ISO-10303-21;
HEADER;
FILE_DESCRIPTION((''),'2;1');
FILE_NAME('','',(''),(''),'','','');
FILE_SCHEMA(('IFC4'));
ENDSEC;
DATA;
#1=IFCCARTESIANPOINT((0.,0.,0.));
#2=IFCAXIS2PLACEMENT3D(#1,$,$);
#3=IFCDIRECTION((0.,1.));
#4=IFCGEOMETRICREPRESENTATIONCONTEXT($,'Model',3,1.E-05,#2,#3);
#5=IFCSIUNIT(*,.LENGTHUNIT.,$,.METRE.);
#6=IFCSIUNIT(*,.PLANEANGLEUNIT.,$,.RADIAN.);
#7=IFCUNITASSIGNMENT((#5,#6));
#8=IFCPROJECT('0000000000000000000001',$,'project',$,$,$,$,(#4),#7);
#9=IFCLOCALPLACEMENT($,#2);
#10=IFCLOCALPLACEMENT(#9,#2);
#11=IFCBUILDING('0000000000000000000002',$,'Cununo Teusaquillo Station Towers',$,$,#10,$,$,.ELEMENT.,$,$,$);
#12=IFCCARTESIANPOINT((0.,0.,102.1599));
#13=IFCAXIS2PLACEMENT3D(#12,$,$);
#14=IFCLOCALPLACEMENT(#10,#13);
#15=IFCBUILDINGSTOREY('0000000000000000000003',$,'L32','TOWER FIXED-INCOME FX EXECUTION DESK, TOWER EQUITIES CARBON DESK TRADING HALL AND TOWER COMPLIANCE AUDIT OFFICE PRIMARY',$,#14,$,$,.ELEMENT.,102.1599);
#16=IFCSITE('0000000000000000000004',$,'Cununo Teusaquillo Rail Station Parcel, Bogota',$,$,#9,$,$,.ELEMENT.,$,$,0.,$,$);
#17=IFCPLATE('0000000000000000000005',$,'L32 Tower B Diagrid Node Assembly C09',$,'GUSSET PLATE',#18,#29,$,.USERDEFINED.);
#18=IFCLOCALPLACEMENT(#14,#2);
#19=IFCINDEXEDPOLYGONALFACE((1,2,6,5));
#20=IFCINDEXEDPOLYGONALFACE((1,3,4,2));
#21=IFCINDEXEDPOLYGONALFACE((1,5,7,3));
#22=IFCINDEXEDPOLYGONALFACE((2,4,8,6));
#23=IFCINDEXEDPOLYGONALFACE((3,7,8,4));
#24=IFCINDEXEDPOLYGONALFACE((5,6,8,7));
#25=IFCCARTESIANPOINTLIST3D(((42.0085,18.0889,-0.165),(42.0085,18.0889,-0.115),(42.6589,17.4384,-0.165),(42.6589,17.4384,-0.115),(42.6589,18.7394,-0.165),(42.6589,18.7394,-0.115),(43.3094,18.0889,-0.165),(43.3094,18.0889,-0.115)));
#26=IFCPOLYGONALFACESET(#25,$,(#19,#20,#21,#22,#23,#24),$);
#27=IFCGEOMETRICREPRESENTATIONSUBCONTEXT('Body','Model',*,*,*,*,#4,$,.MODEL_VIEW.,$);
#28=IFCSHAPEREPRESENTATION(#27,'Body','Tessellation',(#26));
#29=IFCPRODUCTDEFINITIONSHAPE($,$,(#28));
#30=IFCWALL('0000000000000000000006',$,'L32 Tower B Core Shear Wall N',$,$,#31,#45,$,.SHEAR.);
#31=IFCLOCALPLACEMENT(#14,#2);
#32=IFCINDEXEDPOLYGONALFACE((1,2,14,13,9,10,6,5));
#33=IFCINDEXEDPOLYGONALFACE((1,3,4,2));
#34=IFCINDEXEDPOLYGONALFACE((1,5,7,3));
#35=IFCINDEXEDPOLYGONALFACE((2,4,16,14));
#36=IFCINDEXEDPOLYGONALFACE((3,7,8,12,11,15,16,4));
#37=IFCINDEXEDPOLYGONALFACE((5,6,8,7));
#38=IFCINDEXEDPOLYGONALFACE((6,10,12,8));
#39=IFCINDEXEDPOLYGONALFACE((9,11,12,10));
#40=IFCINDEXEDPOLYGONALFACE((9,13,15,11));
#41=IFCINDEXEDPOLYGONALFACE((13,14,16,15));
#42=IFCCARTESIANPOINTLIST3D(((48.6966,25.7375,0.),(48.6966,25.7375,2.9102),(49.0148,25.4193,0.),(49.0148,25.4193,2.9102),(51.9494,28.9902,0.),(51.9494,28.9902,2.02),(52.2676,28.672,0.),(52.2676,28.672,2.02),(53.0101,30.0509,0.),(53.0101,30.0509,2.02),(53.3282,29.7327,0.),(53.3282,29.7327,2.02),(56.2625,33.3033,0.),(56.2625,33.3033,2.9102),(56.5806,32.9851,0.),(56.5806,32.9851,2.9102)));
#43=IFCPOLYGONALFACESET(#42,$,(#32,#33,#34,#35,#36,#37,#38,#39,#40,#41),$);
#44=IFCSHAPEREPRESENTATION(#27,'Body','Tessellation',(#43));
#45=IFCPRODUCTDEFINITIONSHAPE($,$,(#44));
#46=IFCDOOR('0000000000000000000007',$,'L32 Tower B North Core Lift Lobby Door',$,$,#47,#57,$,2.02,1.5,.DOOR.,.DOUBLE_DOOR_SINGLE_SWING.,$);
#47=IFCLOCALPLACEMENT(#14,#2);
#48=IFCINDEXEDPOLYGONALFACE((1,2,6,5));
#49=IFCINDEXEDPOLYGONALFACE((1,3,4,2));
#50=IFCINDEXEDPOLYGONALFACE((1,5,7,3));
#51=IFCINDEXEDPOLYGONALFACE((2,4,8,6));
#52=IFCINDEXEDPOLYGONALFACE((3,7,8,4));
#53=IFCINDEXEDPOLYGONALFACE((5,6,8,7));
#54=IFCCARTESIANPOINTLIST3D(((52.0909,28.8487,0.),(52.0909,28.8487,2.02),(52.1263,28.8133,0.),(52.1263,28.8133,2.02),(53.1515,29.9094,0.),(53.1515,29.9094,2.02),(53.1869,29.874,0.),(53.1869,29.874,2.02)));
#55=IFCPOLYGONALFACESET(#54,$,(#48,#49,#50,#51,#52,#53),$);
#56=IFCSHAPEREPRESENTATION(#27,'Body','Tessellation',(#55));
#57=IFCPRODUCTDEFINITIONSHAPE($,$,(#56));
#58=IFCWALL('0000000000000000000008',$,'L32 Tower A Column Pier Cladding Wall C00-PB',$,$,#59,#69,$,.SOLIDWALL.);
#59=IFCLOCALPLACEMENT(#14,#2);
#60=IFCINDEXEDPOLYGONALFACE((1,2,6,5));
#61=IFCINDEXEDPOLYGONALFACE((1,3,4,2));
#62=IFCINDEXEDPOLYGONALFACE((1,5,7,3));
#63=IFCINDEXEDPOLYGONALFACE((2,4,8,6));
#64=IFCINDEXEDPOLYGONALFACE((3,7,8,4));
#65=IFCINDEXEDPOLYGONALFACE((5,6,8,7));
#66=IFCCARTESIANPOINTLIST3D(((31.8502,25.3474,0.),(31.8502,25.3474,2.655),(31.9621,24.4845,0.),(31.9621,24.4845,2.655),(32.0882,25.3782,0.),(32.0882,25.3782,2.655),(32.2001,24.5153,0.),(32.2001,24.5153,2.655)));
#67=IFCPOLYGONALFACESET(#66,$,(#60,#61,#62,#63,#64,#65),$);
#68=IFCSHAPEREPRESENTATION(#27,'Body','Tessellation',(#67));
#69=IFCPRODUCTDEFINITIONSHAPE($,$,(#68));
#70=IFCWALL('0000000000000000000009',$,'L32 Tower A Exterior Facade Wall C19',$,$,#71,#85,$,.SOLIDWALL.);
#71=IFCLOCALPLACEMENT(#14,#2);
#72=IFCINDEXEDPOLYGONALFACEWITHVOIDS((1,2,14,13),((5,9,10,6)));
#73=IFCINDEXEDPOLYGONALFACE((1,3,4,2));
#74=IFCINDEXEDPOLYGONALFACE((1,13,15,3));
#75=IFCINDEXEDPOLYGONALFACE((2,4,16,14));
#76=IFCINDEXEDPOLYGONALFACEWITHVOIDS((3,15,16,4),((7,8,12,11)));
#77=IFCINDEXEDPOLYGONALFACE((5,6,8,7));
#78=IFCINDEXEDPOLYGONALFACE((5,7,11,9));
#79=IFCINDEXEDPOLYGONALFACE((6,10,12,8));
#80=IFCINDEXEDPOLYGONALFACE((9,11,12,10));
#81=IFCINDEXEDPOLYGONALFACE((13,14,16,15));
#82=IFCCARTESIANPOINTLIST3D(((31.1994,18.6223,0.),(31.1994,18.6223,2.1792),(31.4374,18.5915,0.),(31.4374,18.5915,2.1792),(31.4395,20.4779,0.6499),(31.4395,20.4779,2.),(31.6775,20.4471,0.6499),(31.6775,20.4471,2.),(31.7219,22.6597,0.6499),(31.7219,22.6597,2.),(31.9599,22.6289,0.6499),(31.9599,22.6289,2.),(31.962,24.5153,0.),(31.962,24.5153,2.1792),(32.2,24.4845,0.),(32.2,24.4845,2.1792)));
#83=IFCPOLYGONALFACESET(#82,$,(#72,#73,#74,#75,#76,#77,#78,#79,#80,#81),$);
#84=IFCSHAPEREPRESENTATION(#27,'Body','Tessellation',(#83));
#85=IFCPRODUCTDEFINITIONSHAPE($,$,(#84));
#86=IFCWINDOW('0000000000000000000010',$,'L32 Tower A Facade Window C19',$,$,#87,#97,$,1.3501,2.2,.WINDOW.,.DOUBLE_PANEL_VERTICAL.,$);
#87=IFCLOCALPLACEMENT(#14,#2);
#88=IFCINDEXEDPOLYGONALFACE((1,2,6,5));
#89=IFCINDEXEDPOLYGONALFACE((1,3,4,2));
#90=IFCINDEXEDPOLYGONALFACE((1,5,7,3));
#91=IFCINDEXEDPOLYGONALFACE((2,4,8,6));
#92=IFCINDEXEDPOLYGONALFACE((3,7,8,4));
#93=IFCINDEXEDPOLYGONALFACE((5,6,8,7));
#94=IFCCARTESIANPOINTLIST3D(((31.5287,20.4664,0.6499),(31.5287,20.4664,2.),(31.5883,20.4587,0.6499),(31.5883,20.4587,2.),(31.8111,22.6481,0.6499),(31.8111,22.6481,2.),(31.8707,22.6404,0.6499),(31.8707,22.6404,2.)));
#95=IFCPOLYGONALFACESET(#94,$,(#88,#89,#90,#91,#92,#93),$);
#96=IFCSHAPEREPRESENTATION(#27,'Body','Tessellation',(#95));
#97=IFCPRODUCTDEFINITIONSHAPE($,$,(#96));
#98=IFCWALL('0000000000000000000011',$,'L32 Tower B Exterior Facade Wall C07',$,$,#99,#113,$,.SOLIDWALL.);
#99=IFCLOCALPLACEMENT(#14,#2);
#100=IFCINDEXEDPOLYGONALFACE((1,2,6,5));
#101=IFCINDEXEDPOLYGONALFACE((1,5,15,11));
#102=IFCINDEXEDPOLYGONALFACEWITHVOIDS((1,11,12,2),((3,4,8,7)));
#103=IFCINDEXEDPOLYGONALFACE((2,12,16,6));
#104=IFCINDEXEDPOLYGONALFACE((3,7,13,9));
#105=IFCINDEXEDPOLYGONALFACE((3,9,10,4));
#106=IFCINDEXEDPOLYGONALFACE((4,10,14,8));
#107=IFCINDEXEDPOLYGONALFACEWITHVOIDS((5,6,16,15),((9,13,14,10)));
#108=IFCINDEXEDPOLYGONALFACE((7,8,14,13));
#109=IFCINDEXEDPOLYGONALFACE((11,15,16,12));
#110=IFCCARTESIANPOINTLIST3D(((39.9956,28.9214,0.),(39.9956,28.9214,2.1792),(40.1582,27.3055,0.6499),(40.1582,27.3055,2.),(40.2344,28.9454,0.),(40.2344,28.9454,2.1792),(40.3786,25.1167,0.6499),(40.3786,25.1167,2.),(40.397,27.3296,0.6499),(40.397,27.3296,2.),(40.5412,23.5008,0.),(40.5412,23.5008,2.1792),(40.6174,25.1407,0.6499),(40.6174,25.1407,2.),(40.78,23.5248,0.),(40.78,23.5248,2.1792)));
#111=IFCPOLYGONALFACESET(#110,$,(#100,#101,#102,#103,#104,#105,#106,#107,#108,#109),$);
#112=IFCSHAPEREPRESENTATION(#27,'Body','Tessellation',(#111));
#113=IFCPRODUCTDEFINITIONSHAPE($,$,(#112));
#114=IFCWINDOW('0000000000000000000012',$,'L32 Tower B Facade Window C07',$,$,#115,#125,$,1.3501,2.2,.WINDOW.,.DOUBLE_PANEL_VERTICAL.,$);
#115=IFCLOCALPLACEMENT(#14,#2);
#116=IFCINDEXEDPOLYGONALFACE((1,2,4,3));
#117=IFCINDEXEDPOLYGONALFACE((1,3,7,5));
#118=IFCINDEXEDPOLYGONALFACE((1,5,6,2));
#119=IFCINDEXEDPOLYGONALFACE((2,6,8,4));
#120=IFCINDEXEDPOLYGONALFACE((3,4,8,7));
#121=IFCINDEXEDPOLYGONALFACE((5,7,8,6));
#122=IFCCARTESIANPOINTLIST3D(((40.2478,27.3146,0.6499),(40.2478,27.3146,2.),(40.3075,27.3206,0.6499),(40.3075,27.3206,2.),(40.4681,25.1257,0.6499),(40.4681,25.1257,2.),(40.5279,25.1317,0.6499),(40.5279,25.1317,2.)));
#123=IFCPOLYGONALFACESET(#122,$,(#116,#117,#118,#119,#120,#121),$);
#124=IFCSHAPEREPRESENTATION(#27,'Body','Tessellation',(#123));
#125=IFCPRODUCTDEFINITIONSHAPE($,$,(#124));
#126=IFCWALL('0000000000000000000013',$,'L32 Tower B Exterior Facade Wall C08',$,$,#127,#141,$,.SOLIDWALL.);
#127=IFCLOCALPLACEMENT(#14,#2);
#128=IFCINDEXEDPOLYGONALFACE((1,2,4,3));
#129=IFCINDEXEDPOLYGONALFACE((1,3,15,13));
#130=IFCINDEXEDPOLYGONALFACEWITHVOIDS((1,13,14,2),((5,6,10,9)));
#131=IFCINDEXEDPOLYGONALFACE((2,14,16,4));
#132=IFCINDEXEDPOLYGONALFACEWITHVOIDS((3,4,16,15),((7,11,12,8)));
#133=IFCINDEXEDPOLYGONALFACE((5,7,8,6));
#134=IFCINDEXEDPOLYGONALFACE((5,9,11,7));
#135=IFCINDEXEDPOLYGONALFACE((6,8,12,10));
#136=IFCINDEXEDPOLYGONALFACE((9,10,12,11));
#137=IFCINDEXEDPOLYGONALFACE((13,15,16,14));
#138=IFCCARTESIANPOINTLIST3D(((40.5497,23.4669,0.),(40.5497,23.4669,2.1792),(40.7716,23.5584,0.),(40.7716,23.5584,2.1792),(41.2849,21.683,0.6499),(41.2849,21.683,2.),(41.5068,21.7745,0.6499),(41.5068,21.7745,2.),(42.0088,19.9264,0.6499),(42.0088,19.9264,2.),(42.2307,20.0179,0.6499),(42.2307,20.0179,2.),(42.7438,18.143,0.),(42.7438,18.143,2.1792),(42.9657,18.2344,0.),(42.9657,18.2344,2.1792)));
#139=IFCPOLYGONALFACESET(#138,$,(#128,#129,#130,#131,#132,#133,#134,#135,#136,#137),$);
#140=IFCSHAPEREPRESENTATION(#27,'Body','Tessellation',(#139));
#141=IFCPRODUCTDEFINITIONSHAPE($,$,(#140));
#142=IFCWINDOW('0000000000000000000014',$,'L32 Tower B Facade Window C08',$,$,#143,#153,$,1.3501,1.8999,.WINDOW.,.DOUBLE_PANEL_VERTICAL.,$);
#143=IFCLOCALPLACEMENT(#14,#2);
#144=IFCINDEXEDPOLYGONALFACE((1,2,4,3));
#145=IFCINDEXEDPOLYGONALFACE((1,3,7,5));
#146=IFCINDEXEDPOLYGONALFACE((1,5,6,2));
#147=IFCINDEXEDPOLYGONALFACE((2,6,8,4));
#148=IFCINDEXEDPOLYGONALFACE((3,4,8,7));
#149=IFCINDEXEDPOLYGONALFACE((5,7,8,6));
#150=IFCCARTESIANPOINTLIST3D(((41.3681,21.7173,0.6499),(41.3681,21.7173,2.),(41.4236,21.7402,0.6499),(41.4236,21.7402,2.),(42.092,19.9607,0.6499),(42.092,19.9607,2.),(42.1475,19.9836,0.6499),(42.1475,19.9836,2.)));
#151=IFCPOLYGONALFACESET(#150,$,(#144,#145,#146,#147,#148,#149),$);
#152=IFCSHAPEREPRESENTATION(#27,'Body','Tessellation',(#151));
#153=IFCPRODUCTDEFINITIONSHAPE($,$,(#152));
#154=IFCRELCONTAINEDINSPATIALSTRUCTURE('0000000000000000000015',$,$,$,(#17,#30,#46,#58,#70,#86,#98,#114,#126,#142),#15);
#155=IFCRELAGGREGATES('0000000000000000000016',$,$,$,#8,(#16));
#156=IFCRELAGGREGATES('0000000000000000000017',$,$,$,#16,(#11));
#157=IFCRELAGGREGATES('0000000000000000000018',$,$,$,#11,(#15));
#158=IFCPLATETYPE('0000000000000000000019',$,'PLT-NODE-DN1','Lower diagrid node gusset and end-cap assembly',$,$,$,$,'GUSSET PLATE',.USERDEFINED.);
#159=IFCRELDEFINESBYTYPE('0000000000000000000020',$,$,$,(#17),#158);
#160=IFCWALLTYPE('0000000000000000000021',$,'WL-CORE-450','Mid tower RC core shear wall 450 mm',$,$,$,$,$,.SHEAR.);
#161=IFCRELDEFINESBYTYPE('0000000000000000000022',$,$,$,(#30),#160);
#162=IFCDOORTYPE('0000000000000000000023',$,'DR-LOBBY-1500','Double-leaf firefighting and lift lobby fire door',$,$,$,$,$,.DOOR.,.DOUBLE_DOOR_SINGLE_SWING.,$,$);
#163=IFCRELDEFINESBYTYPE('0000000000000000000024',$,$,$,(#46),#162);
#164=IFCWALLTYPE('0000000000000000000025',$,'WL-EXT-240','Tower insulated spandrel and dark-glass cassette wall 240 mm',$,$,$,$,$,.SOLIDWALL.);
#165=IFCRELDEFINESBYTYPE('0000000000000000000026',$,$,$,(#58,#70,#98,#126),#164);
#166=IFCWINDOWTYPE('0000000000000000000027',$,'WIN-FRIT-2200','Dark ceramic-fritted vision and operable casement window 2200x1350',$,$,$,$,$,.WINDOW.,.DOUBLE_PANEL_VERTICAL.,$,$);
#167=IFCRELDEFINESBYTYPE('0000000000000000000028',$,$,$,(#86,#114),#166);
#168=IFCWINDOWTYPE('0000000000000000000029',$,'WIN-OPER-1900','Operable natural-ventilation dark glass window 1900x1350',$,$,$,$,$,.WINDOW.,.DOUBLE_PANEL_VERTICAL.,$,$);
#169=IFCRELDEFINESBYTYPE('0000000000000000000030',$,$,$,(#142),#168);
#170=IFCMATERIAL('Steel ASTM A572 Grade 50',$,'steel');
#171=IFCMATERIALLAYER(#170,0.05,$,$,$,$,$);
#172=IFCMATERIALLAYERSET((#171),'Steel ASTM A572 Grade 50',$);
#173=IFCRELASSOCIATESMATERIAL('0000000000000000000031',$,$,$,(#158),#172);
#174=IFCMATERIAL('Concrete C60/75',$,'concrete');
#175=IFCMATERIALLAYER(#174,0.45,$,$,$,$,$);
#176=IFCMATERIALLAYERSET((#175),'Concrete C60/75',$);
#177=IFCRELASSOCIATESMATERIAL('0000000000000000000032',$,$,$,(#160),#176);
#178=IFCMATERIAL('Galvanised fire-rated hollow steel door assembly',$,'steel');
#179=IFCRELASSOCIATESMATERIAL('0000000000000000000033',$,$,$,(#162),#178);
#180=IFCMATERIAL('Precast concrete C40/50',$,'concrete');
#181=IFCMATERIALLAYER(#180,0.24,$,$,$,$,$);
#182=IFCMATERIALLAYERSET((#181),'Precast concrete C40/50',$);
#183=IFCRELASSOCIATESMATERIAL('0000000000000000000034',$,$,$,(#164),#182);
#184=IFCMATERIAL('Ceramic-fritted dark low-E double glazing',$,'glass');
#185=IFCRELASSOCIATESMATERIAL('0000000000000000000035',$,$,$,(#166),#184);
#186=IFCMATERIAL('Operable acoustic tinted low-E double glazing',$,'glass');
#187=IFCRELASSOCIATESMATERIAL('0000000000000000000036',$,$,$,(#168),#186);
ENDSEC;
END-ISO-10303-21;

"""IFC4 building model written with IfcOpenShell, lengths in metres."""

from ifc_helpers import new_model, si_unit, direction, frame, frame_2d, origin, origin_2d, place, context, subcontext, project, spatial, rectangle, extrude, source, transform, mapped, material, layer, layer_set, type_object, element, fill, save


model = new_model("IFC4")

# Units and contexts
model_context = context("Model", 3, precision=1e-05, world=origin(), true_north=direction((0.0, 1.0)))
body_context = subcontext(model_context, "Body", "Model", "MODEL_VIEW")
ifc_project = project(units=[si_unit("LENGTHUNIT", "METRE"), si_unit("PLANEANGLEUNIT", "RADIAN")], contexts=[model_context])

# Site, building, storey
site_placement = place(None, origin())
site = spatial("IfcSite", under=ifc_project, at=site_placement, Name="Cununo Teusaquillo Rail Station Parcel, Bogota", CompositionType="ELEMENT", RefElevation=0.0)
building_placement = place(site_placement, origin())
building = spatial("IfcBuilding", under=site, at=building_placement, Name="Cununo Teusaquillo Station Towers", CompositionType="ELEMENT")
storey_placement = place(building_placement, frame((0.0, 0.0, 102.1599)))
storey = spatial("IfcBuildingStorey", under=building, at=storey_placement, Name="L32", Description="TOWER FIXED-INCOME FX EXECUTION DESK, TOWER EQUITIES CARBON DESK TRADING HALL AND TOWER COMPLIANCE AUDIT OFFICE PRIMARY", CompositionType="ELEMENT", Elevation=102.1599)

# Plate
ifc_material_1 = material(Name="Steel ASTM A572 Grade 50", Category="steel")
ifc_layer_1 = layer(ifc_material_1, 0.05)
ifc_layer_set_1 = layer_set([ifc_layer_1], Name="Steel ASTM A572 Grade 50")
plate_type = type_object("IfcPlateType", Name="PLT-NODE-DN1", Description="Lower diagrid node gusset and end-cap assembly", ElementType="GUSSET PLATE", PredefinedType="USERDEFINED", material=ifc_layer_set_1)
shared_shape_1 = source(origin(), body_context, "Body", "SweptSolid", [
    extrude(rectangle(XDim=0.9199, YDim=0.9199, at=origin_2d()), origin(), (0.0, 0.0, 1.0), 0.05),
])
plate_placement = place(storey_placement, frame((42.6589, 18.0889, -0.165), z_axis=(0.0, 0.0, 1.0), x_axis=(0.707107, 0.707107, 0.0)))
element("IfcPlate", 1, at=plate_placement, inside=storey, type_object=plate_type, Name="L32 Tower B Diagrid Node Assembly C09", ObjectType="GUSSET PLATE", PredefinedType="USERDEFINED", context=body_context, shape_type="MappedRepresentation", body=[
    mapped(shared_shape_1, transform((0.0, 0.0, 0.0), x_axis=(1.0, 0.0, 0.0), y_axis=(0.0, 1.0, 0.0), z_axis=(0.0, 0.0, 1.0), scale=1.0)),
])

# Wall, opening, door
ifc_material_2 = material(Name="Concrete C60/75", Category="concrete")
ifc_layer_2 = layer(ifc_material_2, 0.45)
ifc_layer_set_2 = layer_set([ifc_layer_2], Name="Concrete C60/75")
wall_type_1 = type_object("IfcWallType", Name="WL-CORE-450", Description="Mid tower RC core shear wall 450 mm", PredefinedType="SHEAR", material=ifc_layer_set_2)
wall_1_placement = place(storey_placement, frame((48.8557, 25.5784, 0.0), z_axis=(0.0, 0.0, 1.0), x_axis=(0.707107, 0.707107, 0.0)))
wall_1 = element("IfcWall", 2, at=wall_1_placement, inside=storey, type_object=wall_type_1, Name="L32 Tower B Core Shear Wall N", PredefinedType="SHEAR", context=body_context, shape_type="SweptSolid", body=[
    extrude(rectangle(XDim=10.6997, YDim=0.45, at=frame_2d((5.3499, 0.0))), origin(), (0.0, 0.0, 1.0), 2.9102),
])
shared_shape_2 = source(origin(), body_context, "Body", "SweptSolid", [
    extrude(rectangle(XDim=1.5, YDim=2.02, at=frame_2d((0.75, 1.01))), frame((0.0, 0.2349, 0.0), z_axis=(0.0, -1.0, 0.0), x_axis=(1.0, 0.0, 0.0)), (0.0, 0.0, 1.0), 0.47),
])
opening_1_placement = place(wall_1_placement, frame((4.6001, 0.0, 0.0)))
opening_1 = element("IfcOpeningElement", 3, at=opening_1_placement, cuts=wall_1, PredefinedType="OPENING", context=body_context, shape_type="MappedRepresentation", body=[
    mapped(shared_shape_2, transform((0.0, 0.0, 0.0), x_axis=(1.0, 0.0, 0.0), y_axis=(0.0, 1.0, 0.0), z_axis=(0.0, 0.0, 1.0), scale=1.0)),
])
ifc_material_3 = material(Name="Galvanised fire-rated hollow steel door assembly", Category="steel")
door_type_1 = type_object("IfcDoorType", Name="DR-LOBBY-1500", Description="Double-leaf firefighting and lift lobby fire door", OperationType="DOUBLE_DOOR_SINGLE_SWING", PredefinedType="DOOR", material=ifc_material_3)
shared_shape_3 = source(origin(), body_context, "Body", "SweptSolid", [
    extrude(rectangle(XDim=1.5, YDim=2.02, at=frame_2d((0.75, 1.01))), frame((0.0, 0.0249, 0.0), z_axis=(0.0, -1.0, 0.0), x_axis=(1.0, 0.0, 0.0)), (0.0, 0.0, 1.0), 0.05),
])
door_1_placement = place(opening_1_placement, origin())
door_1 = element("IfcDoor", 4, at=door_1_placement, inside=storey, type_object=door_type_1, Name="L32 Tower B North Core Lift Lobby Door", OperationType="DOUBLE_DOOR_SINGLE_SWING", OverallHeight=2.02, OverallWidth=1.5, PredefinedType="DOOR", context=body_context, shape_type="MappedRepresentation", body=[
    mapped(shared_shape_3, transform((0.0, 0.0, 0.0), x_axis=(1.0, 0.0, 0.0), y_axis=(0.0, 1.0, 0.0), z_axis=(0.0, 0.0, 1.0), scale=1.0)),
])
fill(opening_1, door_1)

# Wall
ifc_material_4 = material(Name="Precast concrete C40/50", Category="concrete")
ifc_layer_3 = layer(ifc_material_4, 0.24)
ifc_layer_set_3 = layer_set([ifc_layer_3], Name="Precast concrete C40/50")
wall_type_2 = type_object("IfcWallType", Name="WL-EXT-240", Description="Tower insulated spandrel and dark-glass cassette wall 240 mm", PredefinedType="SOLIDWALL", material=ifc_layer_set_3)
wall_2_placement = place(storey_placement, frame((31.9692, 25.3628, 0.0), z_axis=(0.0, 0.0, 1.0), x_axis=(0.128523, -0.991706, 0.0)))
element("IfcWall", 5, at=wall_2_placement, inside=storey, type_object=wall_type_2, Name="L32 Tower A Column Pier Cladding Wall C00-PB", PredefinedType="SOLIDWALL", context=body_context, shape_type="SweptSolid", body=[
    extrude(rectangle(XDim=0.8701, YDim=0.24, at=frame_2d((0.4351, 0.0))), origin(), (0.0, 0.0, 1.0), 2.655),
])

# Walls, openings, windows
wall_3_placement = place(storey_placement, frame((32.0811, 24.5, 0.0), z_axis=(0.0, 0.0, 1.0), x_axis=(-0.128352, -0.991729, 0.0)))
wall_3 = element("IfcWall", 6, at=wall_3_placement, inside=storey, type_object=wall_type_2, Name="L32 Tower A Exterior Facade Wall C19", PredefinedType="SOLIDWALL", context=body_context, shape_type="SweptSolid", body=[
    extrude(rectangle(XDim=5.9421, YDim=0.24, at=frame_2d((2.9712, 0.0))), origin(), (0.0, 0.0, 1.0), 2.1792),
])
shared_shape_4 = source(origin(), body_context, "Body", "SweptSolid", [
    extrude(rectangle(XDim=2.2, YDim=1.3501, at=frame_2d((1.1001, 0.675))), frame((0.0, 0.1299, 0.0), z_axis=(0.0, -1.0, 0.0), x_axis=(1.0, 0.0, 0.0)), (0.0, 0.0, 1.0), 0.26),
])
opening_2_placement = place(wall_3_placement, frame((1.8711, 0.0, 0.6499)))
opening_2 = element("IfcOpeningElement", 7, at=opening_2_placement, cuts=wall_3, PredefinedType="OPENING", context=body_context, shape_type="MappedRepresentation", body=[
    mapped(shared_shape_4, transform((0.0, 0.0, 0.0), x_axis=(1.0, 0.0, 0.0), y_axis=(0.0, 1.0, 0.0), z_axis=(0.0, 0.0, 1.0), scale=1.0)),
])
ifc_material_5 = material(Name="Ceramic-fritted dark low-E double glazing", Category="glass")
window_type_1 = type_object("IfcWindowType", Name="WIN-FRIT-2200", Description="Dark ceramic-fritted vision and operable casement window 2200x1350", PartitioningType="DOUBLE_PANEL_VERTICAL", PredefinedType="WINDOW", material=ifc_material_5)
shared_shape_5 = source(origin(), body_context, "Body", "SweptSolid", [
    extrude(rectangle(XDim=2.2, YDim=1.3501, at=frame_2d((1.1001, 0.675))), frame((0.0, 0.03, 0.0), z_axis=(0.0, -1.0, 0.0), x_axis=(1.0, 0.0, 0.0)), (0.0, 0.0, 1.0), 0.0601),
])
window_1_placement = place(opening_2_placement, origin())
window_1 = element("IfcWindow", 8, at=window_1_placement, inside=storey, type_object=window_type_1, Name="L32 Tower A Facade Window C19", OverallHeight=1.3501, OverallWidth=2.2, PartitioningType="DOUBLE_PANEL_VERTICAL", PredefinedType="WINDOW", context=body_context, shape_type="MappedRepresentation", body=[
    mapped(shared_shape_5, transform((0.0, 0.0, 0.0), x_axis=(1.0, 0.0, 0.0), y_axis=(0.0, 1.0, 0.0), z_axis=(0.0, 0.0, 1.0), scale=1.0)),
])
fill(opening_2, window_1)
wall_4_placement = place(storey_placement, frame((40.6606, 23.5127, 0.0), z_axis=(0.0, 0.0, 1.0), x_axis=(-0.100156, 0.994972, 0.0)))
wall_4 = element("IfcWall", 9, at=wall_4_placement, inside=storey, type_object=wall_type_2, Name="L32 Tower B Exterior Facade Wall C07", PredefinedType="SOLIDWALL", context=body_context, shape_type="SweptSolid", body=[
    extrude(rectangle(XDim=5.448, YDim=0.24, at=frame_2d((2.7241, 0.0))), origin(), (0.0, 0.0, 1.0), 2.1792),
])
opening_3_placement = place(wall_4_placement, frame((1.624, 0.0, 0.6499)))
opening_3 = element("IfcOpeningElement", 10, at=opening_3_placement, cuts=wall_4, PredefinedType="OPENING", context=body_context, shape_type="MappedRepresentation", body=[
    mapped(shared_shape_4, transform((0.0, 0.0, 0.0), x_axis=(1.0, 0.0, 0.0), y_axis=(0.0, 1.0, 0.0), z_axis=(0.0, 0.0, 1.0), scale=1.0)),
])
window_2_placement = place(opening_3_placement, origin())
window_2 = element("IfcWindow", 11, at=window_2_placement, inside=storey, type_object=window_type_1, Name="L32 Tower B Facade Window C07", OverallHeight=1.3501, OverallWidth=2.2, PartitioningType="DOUBLE_PANEL_VERTICAL", PredefinedType="WINDOW", context=body_context, shape_type="MappedRepresentation", body=[
    mapped(shared_shape_5, transform((0.0, 0.0, 0.0), x_axis=(1.0, 0.0, 0.0), y_axis=(0.0, 1.0, 0.0), z_axis=(0.0, 0.0, 1.0), scale=1.0)),
])
fill(opening_3, window_2)
wall_5_placement = place(storey_placement, frame((42.8547, 18.1887, 0.0), z_axis=(0.0, 0.0, 1.0), x_axis=(-0.381027, 0.924564, 0.0)))
wall_5 = element("IfcWall", 12, at=wall_5_placement, inside=storey, type_object=wall_type_2, Name="L32 Tower B Exterior Facade Wall C08", PredefinedType="SOLIDWALL", context=body_context, shape_type="SweptSolid", body=[
    extrude(rectangle(XDim=5.7583, YDim=0.24, at=frame_2d((2.8792, 0.0))), origin(), (0.0, 0.0, 1.0), 2.1792),
])
shared_shape_6 = source(origin(), body_context, "Body", "SweptSolid", [
    extrude(rectangle(XDim=1.8999, YDim=1.3501, at=frame_2d((0.95, 0.675))), frame((0.0, 0.1299, 0.0), z_axis=(0.0, -1.0, 0.0), x_axis=(1.0, 0.0, 0.0)), (0.0, 0.0, 1.0), 0.26),
])
opening_4_placement = place(wall_5_placement, frame((1.929, 0.0, 0.6499)))
opening_4 = element("IfcOpeningElement", 13, at=opening_4_placement, cuts=wall_5, PredefinedType="OPENING", context=body_context, shape_type="MappedRepresentation", body=[
    mapped(shared_shape_6, transform((0.0, 0.0, 0.0), x_axis=(1.0, 0.0, 0.0), y_axis=(0.0, 1.0, 0.0), z_axis=(0.0, 0.0, 1.0), scale=1.0)),
])
ifc_material_6 = material(Name="Operable acoustic tinted low-E double glazing", Category="glass")
window_type_2 = type_object("IfcWindowType", Name="WIN-OPER-1900", Description="Operable natural-ventilation dark glass window 1900x1350", PartitioningType="DOUBLE_PANEL_VERTICAL", PredefinedType="WINDOW", material=ifc_material_6)
shared_shape_7 = source(origin(), body_context, "Body", "SweptSolid", [
    extrude(rectangle(XDim=1.8999, YDim=1.3501, at=frame_2d((0.95, 0.675))), frame((0.0, 0.03, 0.0), z_axis=(0.0, -1.0, 0.0), x_axis=(1.0, 0.0, 0.0)), (0.0, 0.0, 1.0), 0.0601),
])
window_3_placement = place(opening_4_placement, origin())
window_3 = element("IfcWindow", 14, at=window_3_placement, inside=storey, type_object=window_type_2, Name="L32 Tower B Facade Window C08", OverallHeight=1.3501, OverallWidth=1.8999, PartitioningType="DOUBLE_PANEL_VERTICAL", PredefinedType="WINDOW", context=body_context, shape_type="MappedRepresentation", body=[
    mapped(shared_shape_7, transform((0.0, 0.0, 0.0), x_axis=(1.0, 0.0, 0.0), y_axis=(0.0, 1.0, 0.0), z_axis=(0.0, 0.0, 1.0), scale=1.0)),
])
fill(opening_4, window_3)

save(model, "model.ifc")
